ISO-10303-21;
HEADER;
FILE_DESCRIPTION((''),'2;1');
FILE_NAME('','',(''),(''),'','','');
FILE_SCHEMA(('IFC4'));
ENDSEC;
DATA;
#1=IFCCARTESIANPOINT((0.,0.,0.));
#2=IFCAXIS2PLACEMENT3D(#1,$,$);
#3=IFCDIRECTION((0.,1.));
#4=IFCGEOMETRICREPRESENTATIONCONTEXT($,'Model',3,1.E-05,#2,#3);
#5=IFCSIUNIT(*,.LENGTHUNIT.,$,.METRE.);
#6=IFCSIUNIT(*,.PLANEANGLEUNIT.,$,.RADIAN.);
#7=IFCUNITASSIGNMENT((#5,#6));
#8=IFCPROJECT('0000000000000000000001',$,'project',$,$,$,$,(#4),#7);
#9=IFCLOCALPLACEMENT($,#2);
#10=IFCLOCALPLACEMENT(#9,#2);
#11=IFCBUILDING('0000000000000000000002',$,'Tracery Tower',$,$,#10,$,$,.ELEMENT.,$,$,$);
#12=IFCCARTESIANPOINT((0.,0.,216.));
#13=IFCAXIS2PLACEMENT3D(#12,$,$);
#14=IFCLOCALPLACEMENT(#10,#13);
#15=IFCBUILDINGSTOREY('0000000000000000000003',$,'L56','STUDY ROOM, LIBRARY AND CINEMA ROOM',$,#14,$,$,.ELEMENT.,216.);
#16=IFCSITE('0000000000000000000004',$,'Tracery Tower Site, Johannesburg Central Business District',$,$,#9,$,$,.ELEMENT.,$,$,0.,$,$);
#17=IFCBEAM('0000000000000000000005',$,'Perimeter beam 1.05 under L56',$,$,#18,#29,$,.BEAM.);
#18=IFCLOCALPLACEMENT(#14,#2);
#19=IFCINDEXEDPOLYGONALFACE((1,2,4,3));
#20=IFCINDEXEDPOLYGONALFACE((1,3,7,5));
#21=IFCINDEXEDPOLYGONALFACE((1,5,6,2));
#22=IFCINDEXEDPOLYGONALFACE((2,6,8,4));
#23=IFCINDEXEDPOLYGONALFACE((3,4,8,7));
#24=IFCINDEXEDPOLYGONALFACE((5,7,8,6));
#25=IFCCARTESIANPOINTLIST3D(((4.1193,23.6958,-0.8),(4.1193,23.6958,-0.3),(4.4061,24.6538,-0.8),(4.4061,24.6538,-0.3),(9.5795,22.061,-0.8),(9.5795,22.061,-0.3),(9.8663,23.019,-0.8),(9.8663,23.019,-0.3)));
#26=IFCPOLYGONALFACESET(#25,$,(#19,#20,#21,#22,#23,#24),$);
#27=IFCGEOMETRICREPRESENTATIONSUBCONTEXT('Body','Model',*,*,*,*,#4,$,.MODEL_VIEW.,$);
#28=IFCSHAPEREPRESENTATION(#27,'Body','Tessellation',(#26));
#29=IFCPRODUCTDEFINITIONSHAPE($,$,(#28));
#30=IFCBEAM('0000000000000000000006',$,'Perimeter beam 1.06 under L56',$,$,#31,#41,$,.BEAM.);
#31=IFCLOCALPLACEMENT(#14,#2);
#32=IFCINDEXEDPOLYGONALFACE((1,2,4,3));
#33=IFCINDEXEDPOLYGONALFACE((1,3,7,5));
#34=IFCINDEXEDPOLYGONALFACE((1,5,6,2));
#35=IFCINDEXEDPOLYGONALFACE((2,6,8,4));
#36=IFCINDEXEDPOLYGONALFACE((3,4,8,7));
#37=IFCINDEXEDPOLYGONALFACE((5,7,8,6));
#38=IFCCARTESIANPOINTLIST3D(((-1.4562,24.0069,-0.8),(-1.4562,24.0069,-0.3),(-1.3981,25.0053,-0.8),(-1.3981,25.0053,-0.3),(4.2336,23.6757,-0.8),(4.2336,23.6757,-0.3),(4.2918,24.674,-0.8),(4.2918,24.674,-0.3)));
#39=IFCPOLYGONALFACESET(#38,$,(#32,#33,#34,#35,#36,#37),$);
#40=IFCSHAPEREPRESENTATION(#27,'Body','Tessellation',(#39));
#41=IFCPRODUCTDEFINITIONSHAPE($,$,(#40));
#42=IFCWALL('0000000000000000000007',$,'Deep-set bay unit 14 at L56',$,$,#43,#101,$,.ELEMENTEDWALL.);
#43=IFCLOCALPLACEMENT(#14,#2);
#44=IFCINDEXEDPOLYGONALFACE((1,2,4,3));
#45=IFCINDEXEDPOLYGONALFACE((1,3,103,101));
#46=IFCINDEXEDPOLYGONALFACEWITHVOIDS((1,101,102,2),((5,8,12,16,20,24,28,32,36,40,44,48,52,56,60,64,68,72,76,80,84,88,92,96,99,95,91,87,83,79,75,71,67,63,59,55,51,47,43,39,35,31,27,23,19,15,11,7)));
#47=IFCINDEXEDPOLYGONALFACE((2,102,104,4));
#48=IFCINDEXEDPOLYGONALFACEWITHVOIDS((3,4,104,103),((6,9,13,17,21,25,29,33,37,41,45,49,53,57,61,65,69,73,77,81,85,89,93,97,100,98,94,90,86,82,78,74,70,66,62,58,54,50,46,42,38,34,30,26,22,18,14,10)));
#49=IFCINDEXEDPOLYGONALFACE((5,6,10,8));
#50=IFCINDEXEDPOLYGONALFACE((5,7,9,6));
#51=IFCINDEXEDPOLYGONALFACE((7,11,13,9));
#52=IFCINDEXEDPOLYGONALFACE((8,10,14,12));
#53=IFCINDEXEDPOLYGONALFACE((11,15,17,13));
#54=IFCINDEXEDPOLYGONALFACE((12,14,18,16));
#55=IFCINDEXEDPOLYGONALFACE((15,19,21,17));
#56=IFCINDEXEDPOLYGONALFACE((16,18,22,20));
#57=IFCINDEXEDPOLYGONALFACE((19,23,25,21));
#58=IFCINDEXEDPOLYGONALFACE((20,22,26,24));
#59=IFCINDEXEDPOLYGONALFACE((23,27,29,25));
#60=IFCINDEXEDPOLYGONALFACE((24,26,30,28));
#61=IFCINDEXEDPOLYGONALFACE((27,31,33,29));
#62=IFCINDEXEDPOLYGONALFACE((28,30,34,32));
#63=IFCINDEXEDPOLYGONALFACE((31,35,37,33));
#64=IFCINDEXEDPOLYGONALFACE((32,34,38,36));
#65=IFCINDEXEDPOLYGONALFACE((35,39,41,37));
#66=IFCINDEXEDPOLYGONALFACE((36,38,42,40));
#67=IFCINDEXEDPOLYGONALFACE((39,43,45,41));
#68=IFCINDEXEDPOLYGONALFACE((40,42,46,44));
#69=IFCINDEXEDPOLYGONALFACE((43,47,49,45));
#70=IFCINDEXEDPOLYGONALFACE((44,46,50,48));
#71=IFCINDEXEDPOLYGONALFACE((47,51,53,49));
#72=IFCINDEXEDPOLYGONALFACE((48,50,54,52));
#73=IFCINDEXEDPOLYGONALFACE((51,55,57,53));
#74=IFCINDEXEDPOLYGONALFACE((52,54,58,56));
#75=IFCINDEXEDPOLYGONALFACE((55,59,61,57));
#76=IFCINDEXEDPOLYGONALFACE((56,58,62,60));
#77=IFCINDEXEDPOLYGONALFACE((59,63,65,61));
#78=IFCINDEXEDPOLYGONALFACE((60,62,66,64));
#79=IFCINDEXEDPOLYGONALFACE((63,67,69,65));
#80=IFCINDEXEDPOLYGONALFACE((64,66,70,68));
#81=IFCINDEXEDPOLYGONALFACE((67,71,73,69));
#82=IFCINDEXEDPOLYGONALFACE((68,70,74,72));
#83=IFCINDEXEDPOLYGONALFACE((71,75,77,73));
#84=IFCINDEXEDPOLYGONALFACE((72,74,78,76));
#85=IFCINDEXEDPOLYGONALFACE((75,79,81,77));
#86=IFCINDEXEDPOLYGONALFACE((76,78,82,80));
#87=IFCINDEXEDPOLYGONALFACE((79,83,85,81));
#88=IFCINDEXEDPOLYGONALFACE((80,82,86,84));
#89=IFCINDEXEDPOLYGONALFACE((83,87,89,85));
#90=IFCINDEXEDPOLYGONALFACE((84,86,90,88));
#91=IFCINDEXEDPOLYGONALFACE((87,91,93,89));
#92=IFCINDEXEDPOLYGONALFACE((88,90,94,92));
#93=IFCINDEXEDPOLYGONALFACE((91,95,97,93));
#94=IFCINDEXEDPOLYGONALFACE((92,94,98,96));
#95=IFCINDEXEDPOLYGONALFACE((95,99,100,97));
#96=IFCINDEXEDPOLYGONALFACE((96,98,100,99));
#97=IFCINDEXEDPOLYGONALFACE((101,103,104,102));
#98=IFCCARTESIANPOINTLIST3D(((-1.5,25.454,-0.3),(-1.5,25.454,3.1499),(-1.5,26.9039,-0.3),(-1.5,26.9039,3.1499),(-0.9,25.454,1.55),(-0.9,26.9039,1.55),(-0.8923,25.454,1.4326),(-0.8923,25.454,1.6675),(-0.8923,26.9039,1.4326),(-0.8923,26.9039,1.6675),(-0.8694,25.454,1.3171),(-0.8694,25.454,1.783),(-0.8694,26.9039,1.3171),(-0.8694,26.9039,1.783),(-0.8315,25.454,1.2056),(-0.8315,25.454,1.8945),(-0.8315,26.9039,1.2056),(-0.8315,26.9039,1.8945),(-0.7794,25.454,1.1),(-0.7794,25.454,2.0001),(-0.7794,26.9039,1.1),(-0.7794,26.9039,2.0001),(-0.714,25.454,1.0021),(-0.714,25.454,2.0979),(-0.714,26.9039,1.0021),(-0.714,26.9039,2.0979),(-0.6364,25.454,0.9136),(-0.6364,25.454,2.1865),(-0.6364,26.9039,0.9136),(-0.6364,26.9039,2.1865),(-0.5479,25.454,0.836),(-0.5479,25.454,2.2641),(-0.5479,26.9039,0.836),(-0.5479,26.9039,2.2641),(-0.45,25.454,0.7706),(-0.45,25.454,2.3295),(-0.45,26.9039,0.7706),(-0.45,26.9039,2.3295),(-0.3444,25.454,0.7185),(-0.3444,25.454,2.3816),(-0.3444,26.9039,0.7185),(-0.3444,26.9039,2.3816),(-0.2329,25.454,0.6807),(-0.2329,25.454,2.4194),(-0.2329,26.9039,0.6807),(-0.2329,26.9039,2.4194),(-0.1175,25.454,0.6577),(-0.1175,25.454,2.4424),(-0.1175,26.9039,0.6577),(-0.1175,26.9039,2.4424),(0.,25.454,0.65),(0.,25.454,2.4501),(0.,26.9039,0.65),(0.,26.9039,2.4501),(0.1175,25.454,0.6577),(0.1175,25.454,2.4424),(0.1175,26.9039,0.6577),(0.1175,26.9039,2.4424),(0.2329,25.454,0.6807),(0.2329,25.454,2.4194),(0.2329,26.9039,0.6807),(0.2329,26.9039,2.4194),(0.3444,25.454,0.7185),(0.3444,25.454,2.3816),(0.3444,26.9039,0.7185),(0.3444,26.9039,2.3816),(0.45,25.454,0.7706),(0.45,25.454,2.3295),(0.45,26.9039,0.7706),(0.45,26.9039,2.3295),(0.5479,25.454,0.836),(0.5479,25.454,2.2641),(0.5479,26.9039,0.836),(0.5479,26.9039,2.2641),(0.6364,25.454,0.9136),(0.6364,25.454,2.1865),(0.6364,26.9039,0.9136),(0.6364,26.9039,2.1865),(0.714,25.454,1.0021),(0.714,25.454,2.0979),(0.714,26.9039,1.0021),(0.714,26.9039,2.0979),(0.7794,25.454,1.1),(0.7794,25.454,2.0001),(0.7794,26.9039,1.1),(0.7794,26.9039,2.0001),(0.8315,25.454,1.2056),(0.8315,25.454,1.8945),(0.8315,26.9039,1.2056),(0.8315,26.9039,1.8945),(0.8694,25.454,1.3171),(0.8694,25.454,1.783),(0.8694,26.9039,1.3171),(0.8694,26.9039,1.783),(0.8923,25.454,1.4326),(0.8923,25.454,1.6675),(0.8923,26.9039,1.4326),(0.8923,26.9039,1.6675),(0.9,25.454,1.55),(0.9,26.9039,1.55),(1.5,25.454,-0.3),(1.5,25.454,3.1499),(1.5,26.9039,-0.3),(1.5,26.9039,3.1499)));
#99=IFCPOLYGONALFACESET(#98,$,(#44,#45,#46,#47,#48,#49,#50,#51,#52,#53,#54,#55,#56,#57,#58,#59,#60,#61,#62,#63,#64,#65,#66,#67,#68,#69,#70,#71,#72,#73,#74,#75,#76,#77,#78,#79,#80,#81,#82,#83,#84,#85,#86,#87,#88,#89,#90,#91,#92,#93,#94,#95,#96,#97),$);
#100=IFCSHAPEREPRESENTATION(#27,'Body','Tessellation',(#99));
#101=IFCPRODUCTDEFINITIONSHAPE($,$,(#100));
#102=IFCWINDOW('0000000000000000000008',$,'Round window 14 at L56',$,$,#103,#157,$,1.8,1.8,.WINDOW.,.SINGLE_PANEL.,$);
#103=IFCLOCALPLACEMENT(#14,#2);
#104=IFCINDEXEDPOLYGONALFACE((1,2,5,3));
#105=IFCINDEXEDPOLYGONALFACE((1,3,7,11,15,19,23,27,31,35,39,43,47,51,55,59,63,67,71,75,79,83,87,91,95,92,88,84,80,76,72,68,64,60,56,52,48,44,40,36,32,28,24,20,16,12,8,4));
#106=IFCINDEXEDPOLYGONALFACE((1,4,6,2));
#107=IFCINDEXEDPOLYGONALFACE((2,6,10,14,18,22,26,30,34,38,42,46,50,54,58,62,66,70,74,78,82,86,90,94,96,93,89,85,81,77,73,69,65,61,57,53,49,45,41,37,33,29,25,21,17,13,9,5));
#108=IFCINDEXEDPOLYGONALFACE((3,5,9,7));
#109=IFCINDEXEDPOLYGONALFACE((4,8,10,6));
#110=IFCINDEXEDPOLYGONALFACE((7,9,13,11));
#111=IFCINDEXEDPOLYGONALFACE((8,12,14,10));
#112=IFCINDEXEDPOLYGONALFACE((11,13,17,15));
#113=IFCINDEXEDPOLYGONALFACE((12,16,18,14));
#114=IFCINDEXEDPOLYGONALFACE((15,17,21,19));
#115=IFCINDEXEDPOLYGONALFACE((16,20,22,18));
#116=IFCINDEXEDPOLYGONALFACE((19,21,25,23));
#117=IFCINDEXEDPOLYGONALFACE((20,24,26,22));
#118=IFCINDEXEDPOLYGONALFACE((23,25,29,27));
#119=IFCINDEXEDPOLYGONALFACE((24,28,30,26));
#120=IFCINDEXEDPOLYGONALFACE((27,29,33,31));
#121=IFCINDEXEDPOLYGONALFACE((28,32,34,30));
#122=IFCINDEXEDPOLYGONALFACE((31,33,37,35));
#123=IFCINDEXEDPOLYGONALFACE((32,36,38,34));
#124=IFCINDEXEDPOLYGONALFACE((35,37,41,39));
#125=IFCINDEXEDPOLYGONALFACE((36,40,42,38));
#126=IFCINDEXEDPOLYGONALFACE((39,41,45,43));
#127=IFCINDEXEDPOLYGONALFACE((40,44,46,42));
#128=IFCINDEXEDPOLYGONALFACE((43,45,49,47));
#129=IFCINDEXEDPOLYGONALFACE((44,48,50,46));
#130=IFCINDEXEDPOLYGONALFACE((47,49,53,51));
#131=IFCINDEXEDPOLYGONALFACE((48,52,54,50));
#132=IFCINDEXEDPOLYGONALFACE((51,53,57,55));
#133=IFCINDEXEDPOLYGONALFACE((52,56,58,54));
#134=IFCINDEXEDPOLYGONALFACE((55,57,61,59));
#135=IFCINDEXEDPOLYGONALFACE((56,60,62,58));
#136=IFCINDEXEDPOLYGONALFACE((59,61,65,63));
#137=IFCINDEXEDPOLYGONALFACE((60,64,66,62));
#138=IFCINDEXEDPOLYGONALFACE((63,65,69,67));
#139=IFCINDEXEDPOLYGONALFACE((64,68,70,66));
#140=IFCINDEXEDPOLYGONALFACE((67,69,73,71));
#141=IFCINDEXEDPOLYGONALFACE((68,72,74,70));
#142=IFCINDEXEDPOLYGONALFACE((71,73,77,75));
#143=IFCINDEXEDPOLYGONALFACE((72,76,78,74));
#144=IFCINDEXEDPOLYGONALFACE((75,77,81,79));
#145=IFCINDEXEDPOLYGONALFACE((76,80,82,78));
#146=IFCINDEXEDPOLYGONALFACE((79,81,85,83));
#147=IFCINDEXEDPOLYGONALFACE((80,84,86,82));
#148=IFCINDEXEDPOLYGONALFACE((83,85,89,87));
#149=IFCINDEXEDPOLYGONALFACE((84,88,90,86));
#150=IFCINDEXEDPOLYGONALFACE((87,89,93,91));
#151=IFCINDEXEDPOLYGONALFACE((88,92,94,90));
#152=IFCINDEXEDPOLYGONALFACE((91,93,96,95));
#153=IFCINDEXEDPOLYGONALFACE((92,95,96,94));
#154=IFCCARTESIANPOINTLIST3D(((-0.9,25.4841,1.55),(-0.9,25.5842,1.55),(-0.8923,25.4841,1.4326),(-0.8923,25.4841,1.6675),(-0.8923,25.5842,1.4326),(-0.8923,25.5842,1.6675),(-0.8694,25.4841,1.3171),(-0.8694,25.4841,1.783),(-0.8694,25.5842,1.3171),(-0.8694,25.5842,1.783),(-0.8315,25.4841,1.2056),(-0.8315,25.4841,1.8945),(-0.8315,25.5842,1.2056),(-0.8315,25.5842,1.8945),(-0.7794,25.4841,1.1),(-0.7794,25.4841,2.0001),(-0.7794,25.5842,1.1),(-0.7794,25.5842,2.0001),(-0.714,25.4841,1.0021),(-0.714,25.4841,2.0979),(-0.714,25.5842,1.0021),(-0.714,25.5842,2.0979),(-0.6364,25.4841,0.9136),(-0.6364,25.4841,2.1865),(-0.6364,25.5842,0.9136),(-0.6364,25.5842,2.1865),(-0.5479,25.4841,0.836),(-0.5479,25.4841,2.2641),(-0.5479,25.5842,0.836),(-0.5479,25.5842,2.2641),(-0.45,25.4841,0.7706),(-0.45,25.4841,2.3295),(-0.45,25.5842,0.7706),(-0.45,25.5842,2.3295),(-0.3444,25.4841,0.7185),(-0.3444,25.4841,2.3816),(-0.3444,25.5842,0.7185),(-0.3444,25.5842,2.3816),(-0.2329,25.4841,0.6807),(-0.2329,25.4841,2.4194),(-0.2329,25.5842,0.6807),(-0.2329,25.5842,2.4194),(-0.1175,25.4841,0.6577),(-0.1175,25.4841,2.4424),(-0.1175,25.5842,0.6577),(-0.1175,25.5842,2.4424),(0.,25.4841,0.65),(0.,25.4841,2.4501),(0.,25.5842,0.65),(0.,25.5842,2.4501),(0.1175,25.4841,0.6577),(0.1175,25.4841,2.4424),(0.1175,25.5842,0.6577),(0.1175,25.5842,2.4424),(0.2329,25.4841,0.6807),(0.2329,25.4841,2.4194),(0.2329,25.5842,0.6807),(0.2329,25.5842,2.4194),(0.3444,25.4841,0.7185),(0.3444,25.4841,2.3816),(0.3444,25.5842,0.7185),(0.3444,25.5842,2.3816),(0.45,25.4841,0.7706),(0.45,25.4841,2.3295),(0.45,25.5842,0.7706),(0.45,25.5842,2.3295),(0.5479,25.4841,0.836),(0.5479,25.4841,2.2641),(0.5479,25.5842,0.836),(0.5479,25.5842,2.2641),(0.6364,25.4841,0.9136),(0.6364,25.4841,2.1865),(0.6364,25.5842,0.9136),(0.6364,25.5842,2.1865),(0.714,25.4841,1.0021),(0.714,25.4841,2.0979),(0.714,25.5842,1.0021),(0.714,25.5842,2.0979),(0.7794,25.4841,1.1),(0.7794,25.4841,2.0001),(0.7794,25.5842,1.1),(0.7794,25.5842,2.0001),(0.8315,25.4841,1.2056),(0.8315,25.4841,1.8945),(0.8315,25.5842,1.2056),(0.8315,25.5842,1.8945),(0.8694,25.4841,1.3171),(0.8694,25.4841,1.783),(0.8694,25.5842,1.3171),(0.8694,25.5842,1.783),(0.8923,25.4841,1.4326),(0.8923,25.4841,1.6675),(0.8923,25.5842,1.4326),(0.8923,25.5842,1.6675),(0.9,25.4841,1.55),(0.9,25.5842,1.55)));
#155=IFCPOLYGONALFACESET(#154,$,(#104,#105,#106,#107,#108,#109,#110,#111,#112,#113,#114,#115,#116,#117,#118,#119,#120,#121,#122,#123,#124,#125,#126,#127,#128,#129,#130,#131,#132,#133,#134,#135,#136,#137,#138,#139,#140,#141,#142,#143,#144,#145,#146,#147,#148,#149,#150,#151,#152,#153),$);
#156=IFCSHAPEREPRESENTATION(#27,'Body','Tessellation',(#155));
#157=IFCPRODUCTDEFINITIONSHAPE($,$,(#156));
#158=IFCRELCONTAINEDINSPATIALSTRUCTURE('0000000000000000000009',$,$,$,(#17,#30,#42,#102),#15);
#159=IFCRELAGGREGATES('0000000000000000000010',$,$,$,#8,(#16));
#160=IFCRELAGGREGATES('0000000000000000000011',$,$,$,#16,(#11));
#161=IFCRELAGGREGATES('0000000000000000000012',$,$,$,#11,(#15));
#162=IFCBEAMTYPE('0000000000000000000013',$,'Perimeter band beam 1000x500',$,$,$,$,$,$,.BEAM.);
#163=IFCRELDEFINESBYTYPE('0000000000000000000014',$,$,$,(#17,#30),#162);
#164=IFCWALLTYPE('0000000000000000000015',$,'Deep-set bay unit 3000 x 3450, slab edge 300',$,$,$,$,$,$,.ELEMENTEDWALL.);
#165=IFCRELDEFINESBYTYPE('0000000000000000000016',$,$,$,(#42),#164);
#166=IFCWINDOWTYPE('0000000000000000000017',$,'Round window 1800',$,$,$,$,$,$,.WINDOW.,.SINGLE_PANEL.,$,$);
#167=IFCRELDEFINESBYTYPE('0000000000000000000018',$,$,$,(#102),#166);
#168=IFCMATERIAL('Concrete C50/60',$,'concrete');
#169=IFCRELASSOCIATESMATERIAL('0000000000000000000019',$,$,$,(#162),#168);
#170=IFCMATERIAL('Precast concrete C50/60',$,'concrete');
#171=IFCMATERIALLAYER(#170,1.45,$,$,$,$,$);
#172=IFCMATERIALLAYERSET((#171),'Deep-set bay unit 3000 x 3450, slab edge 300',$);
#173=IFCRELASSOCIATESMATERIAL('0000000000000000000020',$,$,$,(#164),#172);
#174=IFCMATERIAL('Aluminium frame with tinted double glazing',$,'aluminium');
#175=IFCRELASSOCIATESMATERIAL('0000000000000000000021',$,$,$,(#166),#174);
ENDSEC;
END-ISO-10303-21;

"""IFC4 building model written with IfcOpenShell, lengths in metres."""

from ifc_helpers import new_model, si_unit, direction, frame, frame_2d, origin, origin_2d, place, context, subcontext, project, spatial, rectangle, circle, extrude, material, layer, layer_set, material_profile, profile_set, type_object, element, fill, save


model = new_model("IFC4")

# Units and contexts
model_context = context("Model", 3, precision=1e-05, world=origin(), true_north=direction((0.0, 1.0)))
body_context = subcontext(model_context, "Body", "Model", "MODEL_VIEW")
ifc_project = project(units=[si_unit("LENGTHUNIT", "METRE"), si_unit("PLANEANGLEUNIT", "RADIAN")], contexts=[model_context])

# Site, building, storey
site_placement = place(None, origin())
site = spatial("IfcSite", under=ifc_project, at=site_placement, Name="Tracery Tower Site, Johannesburg Central Business District", CompositionType="ELEMENT", RefElevation=0.0)
building_placement = place(site_placement, origin())
building = spatial("IfcBuilding", under=site, at=building_placement, Name="Tracery Tower", CompositionType="ELEMENT")
storey_placement = place(building_placement, frame((0.0, 0.0, 216.0)))
storey = spatial("IfcBuildingStorey", under=building, at=storey_placement, Name="L56", Description="STUDY ROOM, LIBRARY AND CINEMA ROOM", CompositionType="ELEMENT", Elevation=216.0)

# Beams
ifc_material_1 = material(Name="Concrete C50/60", Category="concrete")
ifc_material_profile_1 = material_profile(ifc_material_1, rectangle(XDim=1.0, YDim=0.5, at=origin_2d()), Name="RC 1000x500")
ifc_profile_set_1 = profile_set([ifc_material_profile_1], Name="Concrete C50/60")
beam_type = type_object("IfcBeamType", Name="Perimeter band beam 1000x500", PredefinedType="BEAM", material=ifc_profile_set_1)
beam_1_placement = place(storey_placement, frame((9.7229, 22.54, -0.55), z_axis=(-0.957985, 0.286817, 0.0), x_axis=(-0.286817, -0.957985, 0.0)))
element("IfcBeam", 1, at=beam_1_placement, inside=storey, type_object=beam_type, Name="Perimeter beam 1.05 under L56", PredefinedType="BEAM", context=body_context, shape_type="SweptSolid", body=[
    extrude(rectangle(XDim=1.0, YDim=0.5, at=origin_2d()), origin(), (0.0, 0.0, 1.0), 5.6997),
])
beam_2_placement = place(storey_placement, frame((4.2627, 24.1748, -0.55), z_axis=(-0.998309, 0.058127, 0.0), x_axis=(-0.058127, -0.998309, 0.0)))
element("IfcBeam", 2, at=beam_2_placement, inside=storey, type_object=beam_type, Name="Perimeter beam 1.06 under L56", PredefinedType="BEAM", context=body_context, shape_type="SweptSolid", body=[
    extrude(rectangle(XDim=1.0, YDim=0.5, at=origin_2d()), origin(), (0.0, 0.0, 1.0), 5.6995),
])

# Wall, opening, window
ifc_material_2 = material(Name="Precast concrete C50/60", Category="concrete")
ifc_layer_1 = layer(ifc_material_2, 1.45)
ifc_layer_set_1 = layer_set([ifc_layer_1], Name="Deep-set bay unit 3000 x 3450, slab edge 300")
wall_type_1 = type_object("IfcWallType", Name="Deep-set bay unit 3000 x 3450, slab edge 300", PredefinedType="ELEMENTEDWALL", material=ifc_layer_set_1)
wall_1_placement = place(storey_placement, frame((1.5, 26.179, -0.3), z_axis=(0.0, 0.0, 1.0), x_axis=(-1.0, 0.0, 0.0)))
wall_1 = element("IfcWall", 3, at=wall_1_placement, inside=storey, type_object=wall_type_1, Name="Deep-set bay unit 14 at L56", PredefinedType="ELEMENTEDWALL", context=body_context, shape_type="SweptSolid", body=[
    extrude(rectangle(XDim=3.0, YDim=1.45, at=frame_2d((1.5, 0.0))), origin(), (0.0, 0.0, 1.0), 3.45),
])
opening_1_placement = place(wall_1_placement, frame((1.5, 0.0, 1.8501)))
opening_1 = element("IfcOpeningElement", 4, at=opening_1_placement, cuts=wall_1, PredefinedType="OPENING", context=body_context, shape_type="SweptSolid", body=[
    extrude(circle(Radius=0.9, at=origin_2d()), frame((0.0, 0.7349, 0.0), z_axis=(0.0, -1.0, 0.0), x_axis=(1.0, 0.0, 0.0)), (0.0, 0.0, 1.0), 1.47),
])
ifc_material_3 = material(Name="Aluminium frame with tinted double glazing", Category="aluminium")
window_type = type_object("IfcWindowType", Name="Round window 1800", PartitioningType="SINGLE_PANEL", PredefinedType="WINDOW", material=ifc_material_3)
window_1_placement = place(opening_1_placement, origin())
window_1 = element("IfcWindow", 5, at=window_1_placement, inside=storey, type_object=window_type, Name="Round window 14 at L56", OverallHeight=1.8, OverallWidth=1.8, PartitioningType="SINGLE_PANEL", PredefinedType="WINDOW", context=body_context, shape_type="SweptSolid", body=[
    extrude(circle(Radius=0.9, at=origin_2d()), frame((0.0, 0.6948, 0.0), z_axis=(0.0, -1.0, 0.0), x_axis=(1.0, 0.0, 0.0)), (0.0, 0.0, 1.0), 0.1001),
])
fill(opening_1, window_1)

save(model, "model.ifc")
